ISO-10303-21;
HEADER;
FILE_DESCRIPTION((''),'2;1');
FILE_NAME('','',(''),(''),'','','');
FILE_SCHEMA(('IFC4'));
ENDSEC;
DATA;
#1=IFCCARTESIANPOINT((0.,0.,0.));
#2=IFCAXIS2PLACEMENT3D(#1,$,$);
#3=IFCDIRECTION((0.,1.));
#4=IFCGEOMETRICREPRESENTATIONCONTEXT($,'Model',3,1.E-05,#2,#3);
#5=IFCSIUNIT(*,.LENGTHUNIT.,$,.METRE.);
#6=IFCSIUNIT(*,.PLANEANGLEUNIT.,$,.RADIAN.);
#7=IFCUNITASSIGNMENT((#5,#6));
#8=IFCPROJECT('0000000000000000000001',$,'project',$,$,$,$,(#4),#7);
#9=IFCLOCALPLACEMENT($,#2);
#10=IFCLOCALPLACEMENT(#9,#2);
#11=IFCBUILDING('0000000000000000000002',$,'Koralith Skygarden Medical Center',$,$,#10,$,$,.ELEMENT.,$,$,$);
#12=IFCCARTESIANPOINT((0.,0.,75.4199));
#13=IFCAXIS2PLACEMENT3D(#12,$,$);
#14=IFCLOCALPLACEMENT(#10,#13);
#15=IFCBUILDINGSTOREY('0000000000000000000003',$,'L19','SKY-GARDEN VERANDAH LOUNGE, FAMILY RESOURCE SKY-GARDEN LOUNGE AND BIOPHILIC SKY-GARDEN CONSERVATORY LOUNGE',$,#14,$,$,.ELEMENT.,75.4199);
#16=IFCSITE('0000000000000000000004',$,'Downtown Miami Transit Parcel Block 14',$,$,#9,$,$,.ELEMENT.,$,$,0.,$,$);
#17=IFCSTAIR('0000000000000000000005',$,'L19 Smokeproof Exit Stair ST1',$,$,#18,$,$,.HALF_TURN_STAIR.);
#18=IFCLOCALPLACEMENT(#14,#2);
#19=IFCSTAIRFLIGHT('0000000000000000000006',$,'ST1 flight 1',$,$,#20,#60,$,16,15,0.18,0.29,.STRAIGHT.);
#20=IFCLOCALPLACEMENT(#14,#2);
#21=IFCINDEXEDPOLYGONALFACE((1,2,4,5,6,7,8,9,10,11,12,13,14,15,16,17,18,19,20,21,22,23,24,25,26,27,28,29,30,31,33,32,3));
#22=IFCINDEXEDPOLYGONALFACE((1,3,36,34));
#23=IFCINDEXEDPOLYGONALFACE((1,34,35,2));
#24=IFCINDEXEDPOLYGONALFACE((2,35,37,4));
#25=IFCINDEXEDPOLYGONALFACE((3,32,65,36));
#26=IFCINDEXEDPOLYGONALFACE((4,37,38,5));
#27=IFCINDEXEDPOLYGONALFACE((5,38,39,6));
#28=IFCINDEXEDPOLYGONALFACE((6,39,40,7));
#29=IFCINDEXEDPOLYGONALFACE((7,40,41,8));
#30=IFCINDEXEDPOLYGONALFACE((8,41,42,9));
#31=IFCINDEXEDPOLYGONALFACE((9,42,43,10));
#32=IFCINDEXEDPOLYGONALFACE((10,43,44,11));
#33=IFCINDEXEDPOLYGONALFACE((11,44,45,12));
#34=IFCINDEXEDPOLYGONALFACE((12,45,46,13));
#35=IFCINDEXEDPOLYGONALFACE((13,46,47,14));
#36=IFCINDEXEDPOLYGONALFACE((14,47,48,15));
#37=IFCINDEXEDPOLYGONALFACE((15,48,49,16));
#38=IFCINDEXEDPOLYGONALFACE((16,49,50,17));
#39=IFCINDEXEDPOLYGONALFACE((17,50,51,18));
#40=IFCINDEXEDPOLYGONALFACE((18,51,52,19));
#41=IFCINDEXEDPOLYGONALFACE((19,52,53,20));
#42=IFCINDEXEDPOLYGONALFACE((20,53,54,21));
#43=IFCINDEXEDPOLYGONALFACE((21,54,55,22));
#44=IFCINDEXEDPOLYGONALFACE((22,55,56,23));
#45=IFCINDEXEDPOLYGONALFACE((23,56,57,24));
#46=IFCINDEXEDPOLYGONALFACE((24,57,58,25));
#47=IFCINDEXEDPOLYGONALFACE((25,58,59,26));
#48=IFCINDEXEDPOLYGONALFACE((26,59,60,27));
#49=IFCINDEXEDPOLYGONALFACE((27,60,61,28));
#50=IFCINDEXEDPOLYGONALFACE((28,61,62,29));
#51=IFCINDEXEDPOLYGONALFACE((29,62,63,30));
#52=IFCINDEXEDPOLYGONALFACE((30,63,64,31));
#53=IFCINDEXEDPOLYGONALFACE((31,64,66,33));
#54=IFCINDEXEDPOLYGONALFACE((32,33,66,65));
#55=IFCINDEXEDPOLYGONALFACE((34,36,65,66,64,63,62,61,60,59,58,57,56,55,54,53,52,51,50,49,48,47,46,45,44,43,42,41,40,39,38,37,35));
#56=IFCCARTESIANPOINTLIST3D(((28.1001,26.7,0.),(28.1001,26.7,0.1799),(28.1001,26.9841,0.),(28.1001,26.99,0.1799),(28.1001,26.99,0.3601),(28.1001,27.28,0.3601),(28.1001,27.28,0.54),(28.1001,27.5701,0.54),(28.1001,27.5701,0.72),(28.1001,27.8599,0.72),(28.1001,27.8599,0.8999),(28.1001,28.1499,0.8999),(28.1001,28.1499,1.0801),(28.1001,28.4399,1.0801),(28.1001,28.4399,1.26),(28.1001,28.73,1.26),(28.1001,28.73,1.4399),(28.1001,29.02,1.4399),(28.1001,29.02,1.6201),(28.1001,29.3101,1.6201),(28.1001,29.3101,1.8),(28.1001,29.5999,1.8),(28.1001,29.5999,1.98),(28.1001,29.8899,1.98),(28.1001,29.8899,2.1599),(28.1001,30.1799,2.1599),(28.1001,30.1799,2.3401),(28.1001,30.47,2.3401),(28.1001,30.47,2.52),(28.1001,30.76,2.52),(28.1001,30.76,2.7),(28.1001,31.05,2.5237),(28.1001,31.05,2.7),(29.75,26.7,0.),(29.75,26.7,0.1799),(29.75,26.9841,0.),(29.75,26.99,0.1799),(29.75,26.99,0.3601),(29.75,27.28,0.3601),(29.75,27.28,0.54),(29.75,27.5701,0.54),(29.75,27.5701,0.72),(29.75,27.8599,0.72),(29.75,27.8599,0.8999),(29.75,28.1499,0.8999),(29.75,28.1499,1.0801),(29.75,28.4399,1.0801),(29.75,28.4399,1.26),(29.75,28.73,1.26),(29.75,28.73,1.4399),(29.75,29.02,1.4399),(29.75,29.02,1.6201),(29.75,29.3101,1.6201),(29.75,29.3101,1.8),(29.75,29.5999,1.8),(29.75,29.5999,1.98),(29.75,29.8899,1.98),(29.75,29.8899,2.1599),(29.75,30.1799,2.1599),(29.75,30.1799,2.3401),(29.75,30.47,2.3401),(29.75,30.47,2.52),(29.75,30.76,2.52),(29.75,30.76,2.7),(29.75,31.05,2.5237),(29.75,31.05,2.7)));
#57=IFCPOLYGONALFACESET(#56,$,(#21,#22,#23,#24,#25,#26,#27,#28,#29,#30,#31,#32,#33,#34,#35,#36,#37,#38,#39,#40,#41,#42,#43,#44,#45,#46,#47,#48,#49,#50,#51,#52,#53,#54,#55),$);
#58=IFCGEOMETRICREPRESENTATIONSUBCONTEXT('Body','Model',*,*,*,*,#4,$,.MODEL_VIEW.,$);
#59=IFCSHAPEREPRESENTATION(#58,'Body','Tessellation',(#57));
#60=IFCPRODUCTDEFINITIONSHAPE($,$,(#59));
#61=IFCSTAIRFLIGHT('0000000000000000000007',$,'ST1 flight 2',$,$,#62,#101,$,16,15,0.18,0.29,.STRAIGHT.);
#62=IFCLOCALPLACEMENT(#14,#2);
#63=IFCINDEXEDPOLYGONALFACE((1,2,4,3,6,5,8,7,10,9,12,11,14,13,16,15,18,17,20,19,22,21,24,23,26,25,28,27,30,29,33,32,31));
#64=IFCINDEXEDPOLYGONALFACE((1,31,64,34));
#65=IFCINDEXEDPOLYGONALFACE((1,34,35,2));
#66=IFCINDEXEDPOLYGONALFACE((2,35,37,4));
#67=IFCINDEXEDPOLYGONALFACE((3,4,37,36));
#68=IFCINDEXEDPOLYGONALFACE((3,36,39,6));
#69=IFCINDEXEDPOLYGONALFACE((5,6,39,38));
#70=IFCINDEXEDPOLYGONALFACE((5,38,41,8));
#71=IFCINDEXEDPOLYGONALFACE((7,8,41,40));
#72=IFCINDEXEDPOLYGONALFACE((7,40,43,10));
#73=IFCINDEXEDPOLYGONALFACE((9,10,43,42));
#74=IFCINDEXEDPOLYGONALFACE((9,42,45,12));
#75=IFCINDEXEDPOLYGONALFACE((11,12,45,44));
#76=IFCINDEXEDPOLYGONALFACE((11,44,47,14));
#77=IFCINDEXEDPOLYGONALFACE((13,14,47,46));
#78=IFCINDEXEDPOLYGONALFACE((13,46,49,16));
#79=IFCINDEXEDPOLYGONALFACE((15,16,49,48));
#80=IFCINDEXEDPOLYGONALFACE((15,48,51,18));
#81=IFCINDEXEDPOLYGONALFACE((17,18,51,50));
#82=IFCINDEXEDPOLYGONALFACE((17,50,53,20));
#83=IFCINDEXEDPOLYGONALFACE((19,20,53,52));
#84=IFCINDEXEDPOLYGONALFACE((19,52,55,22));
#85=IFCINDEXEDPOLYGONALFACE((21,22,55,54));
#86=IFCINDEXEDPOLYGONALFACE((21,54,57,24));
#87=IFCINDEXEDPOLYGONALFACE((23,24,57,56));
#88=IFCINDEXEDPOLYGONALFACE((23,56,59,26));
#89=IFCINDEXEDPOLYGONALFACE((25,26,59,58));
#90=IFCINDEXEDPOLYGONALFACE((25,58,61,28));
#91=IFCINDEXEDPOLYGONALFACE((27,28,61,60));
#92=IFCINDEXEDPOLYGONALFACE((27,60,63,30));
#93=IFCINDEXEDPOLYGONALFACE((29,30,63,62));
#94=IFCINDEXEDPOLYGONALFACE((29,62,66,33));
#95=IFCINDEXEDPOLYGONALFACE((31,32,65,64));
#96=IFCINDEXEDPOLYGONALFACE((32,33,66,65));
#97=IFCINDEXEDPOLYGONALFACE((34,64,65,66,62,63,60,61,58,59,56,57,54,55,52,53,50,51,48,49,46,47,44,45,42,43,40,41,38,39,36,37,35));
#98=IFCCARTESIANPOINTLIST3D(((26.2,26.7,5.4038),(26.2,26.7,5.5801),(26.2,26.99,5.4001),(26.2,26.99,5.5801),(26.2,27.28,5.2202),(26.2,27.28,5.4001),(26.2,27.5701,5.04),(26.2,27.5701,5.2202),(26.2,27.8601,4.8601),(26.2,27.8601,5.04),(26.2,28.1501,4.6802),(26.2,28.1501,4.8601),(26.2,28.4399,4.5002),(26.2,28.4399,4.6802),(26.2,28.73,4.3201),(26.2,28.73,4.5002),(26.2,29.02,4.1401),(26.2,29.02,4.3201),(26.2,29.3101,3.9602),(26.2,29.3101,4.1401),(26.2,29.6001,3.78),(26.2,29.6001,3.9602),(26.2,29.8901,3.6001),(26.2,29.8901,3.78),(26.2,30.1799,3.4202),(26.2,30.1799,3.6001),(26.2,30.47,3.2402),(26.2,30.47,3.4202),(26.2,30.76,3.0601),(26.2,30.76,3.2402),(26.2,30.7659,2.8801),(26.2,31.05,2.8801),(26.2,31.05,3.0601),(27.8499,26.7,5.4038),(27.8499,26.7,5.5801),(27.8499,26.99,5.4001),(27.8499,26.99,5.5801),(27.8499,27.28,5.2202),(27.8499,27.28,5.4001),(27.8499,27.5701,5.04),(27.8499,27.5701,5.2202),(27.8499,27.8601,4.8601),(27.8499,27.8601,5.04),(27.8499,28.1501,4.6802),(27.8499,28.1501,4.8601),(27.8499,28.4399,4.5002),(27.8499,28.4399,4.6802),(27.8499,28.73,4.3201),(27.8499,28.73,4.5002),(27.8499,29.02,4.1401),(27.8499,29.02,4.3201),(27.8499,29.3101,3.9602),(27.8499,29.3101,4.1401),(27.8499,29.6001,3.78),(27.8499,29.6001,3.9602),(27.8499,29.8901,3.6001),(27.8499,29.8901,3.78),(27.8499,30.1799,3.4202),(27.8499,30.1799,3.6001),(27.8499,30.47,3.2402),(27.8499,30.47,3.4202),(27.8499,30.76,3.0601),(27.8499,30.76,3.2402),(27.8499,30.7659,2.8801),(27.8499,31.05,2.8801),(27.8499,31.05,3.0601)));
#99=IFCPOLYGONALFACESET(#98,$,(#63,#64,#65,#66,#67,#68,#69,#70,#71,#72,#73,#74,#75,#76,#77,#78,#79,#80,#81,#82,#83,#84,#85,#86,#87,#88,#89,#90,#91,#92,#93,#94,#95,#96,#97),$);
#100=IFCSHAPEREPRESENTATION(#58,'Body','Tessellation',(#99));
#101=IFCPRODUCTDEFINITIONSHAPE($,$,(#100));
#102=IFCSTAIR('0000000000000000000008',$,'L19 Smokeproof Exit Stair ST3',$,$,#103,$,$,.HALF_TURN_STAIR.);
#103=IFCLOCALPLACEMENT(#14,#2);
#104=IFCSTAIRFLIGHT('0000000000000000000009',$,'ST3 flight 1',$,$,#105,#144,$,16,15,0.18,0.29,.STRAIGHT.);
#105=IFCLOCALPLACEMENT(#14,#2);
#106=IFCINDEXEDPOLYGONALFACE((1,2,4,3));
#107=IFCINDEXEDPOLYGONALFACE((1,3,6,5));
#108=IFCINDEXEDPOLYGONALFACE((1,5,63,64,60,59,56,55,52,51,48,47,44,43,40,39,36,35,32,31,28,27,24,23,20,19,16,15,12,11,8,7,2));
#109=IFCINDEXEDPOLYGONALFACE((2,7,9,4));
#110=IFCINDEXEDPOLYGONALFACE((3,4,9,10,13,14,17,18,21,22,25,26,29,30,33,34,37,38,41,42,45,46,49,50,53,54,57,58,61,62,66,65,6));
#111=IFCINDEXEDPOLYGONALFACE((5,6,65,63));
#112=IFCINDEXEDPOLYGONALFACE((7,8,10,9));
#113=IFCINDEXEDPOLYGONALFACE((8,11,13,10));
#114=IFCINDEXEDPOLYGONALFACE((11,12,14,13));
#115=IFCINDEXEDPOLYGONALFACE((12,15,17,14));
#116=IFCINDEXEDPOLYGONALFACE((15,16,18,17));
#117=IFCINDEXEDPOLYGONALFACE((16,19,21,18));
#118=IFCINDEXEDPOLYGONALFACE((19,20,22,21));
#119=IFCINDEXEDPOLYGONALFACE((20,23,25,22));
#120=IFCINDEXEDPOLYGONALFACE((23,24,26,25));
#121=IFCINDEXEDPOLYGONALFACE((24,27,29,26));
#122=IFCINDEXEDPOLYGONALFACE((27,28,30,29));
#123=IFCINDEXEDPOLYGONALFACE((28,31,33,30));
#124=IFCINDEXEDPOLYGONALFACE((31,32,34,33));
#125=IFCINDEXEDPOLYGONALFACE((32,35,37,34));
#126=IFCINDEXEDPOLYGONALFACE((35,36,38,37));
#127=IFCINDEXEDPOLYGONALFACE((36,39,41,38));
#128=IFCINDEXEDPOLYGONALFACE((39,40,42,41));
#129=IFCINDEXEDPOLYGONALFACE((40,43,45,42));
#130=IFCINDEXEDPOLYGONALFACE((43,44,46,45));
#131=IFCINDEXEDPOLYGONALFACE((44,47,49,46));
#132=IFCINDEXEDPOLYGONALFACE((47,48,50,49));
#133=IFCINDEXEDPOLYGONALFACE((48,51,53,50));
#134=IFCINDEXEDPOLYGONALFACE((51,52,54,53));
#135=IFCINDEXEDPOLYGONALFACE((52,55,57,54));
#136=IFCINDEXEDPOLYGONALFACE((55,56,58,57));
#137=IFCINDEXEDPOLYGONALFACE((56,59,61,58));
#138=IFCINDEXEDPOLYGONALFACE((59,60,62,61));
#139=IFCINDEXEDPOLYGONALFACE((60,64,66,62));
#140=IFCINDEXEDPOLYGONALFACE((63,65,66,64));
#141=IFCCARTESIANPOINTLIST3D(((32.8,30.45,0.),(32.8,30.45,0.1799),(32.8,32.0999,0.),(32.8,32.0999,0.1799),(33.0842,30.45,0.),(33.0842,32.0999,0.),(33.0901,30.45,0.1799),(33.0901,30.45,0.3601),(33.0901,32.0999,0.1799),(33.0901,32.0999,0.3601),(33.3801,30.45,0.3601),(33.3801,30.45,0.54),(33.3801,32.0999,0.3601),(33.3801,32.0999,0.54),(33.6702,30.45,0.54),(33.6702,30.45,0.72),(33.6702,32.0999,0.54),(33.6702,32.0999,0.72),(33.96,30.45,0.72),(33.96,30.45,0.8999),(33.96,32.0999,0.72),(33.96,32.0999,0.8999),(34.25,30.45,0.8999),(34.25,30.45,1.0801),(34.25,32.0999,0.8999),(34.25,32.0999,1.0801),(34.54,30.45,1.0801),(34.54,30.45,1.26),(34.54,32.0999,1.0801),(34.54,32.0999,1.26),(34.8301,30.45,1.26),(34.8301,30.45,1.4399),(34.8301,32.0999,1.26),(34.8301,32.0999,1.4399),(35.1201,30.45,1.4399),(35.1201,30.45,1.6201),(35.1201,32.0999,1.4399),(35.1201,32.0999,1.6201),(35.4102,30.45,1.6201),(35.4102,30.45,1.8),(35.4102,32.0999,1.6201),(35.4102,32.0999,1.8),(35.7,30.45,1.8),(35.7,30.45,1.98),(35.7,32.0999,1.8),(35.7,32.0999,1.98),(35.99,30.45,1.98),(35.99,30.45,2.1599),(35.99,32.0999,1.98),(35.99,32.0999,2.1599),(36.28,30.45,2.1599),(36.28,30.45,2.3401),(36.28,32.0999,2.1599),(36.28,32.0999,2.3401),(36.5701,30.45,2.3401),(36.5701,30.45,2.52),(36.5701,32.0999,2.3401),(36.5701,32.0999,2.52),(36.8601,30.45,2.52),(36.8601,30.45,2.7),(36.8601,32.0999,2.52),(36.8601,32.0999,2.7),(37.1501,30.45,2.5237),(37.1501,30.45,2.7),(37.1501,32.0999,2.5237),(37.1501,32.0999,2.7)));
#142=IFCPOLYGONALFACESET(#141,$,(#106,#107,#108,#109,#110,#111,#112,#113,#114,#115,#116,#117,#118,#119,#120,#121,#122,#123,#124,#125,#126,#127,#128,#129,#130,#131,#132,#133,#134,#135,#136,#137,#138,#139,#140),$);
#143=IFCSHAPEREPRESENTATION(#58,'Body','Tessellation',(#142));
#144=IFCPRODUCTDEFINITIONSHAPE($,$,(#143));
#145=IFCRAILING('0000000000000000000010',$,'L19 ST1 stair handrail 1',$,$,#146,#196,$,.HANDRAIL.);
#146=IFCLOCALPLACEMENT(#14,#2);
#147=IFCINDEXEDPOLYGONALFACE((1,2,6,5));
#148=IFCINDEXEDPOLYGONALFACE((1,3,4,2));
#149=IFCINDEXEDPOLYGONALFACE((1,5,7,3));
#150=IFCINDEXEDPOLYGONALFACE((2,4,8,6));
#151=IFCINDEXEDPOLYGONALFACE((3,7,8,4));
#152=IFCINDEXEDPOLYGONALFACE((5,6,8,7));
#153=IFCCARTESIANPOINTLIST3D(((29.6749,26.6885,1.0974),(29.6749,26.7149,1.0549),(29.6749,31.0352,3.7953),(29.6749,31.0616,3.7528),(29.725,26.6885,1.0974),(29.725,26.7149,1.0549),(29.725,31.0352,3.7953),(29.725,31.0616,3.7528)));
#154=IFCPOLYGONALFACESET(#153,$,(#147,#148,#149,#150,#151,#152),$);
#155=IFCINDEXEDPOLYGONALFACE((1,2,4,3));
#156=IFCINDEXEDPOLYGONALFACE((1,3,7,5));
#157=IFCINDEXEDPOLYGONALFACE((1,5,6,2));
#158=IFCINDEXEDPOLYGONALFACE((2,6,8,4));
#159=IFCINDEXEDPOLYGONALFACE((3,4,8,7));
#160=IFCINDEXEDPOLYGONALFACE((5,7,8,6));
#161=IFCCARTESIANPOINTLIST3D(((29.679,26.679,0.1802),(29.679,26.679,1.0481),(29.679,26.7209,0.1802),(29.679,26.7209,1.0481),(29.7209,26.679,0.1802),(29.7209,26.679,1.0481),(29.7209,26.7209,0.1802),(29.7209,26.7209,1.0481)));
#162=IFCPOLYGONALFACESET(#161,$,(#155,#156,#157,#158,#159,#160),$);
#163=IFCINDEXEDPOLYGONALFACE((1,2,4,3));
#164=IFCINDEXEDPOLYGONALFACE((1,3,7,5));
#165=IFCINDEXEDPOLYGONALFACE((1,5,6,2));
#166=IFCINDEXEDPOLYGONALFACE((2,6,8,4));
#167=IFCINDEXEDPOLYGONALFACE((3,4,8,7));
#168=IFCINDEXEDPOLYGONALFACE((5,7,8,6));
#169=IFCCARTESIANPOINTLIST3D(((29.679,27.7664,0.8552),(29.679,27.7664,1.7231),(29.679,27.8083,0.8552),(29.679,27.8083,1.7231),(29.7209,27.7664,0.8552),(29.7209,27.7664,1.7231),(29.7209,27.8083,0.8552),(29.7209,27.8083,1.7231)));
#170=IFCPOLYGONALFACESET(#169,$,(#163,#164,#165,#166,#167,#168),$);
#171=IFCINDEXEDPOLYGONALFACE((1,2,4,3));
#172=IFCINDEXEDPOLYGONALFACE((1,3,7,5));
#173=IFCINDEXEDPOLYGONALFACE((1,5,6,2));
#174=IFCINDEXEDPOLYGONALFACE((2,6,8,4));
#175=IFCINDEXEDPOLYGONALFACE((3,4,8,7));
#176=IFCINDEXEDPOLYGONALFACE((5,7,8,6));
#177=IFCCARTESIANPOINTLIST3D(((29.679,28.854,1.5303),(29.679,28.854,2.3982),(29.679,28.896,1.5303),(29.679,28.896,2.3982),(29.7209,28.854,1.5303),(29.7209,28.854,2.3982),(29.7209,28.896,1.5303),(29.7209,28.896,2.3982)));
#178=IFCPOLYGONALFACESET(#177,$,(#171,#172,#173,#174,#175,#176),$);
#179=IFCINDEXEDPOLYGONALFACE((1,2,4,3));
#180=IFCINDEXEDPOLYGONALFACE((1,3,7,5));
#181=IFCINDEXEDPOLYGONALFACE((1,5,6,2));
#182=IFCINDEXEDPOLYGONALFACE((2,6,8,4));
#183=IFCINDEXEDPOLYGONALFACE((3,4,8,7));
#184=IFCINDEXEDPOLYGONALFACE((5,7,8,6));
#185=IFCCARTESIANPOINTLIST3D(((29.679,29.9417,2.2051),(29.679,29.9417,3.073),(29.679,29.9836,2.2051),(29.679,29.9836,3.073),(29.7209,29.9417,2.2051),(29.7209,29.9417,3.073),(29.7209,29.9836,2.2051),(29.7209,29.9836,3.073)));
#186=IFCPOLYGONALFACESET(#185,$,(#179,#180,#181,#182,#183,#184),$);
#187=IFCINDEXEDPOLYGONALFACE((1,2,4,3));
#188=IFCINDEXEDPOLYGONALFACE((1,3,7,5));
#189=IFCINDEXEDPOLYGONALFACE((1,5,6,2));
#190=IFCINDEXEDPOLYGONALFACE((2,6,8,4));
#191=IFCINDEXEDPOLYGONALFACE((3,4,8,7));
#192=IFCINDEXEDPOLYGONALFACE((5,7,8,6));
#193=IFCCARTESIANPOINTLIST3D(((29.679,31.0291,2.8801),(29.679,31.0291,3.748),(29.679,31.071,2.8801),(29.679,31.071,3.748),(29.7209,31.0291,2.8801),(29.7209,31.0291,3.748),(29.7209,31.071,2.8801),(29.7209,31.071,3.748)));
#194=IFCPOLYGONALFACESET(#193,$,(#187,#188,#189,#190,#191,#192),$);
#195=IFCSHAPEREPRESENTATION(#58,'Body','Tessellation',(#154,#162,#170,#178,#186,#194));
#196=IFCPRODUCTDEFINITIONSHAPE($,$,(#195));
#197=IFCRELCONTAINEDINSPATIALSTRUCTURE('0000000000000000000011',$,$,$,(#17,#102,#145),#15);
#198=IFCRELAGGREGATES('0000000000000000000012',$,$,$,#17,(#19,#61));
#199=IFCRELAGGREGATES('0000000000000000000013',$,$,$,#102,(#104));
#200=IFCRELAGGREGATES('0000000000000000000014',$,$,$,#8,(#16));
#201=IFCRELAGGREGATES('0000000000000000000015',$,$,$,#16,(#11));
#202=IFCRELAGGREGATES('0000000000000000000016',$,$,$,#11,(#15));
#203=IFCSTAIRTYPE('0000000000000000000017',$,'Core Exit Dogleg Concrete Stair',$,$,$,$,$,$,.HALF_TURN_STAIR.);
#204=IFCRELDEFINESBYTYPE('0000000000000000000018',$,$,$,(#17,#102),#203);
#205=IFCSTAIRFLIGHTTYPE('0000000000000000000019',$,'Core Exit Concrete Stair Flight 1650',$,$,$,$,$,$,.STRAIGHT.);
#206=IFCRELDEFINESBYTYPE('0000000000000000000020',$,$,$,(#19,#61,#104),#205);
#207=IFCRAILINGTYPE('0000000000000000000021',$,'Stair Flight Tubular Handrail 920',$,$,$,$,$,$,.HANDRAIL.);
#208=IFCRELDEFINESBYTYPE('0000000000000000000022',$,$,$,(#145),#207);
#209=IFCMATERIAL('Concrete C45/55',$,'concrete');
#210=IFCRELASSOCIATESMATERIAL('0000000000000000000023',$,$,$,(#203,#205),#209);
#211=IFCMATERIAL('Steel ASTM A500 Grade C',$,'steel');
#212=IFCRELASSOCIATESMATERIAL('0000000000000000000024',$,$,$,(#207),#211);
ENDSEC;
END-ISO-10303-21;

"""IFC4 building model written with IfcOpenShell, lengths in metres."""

from ifc_helpers import new_model, si_unit, direction, frame, origin, origin_2d, place, context, subcontext, project, spatial, polyline, rectangle, outline, extrude, material, type_object, element, aggregate, save


model = new_model("IFC4")

# Units and contexts
model_context = context("Model", 3, precision=1e-05, world=origin(), true_north=direction((0.0, 1.0)))
body_context = subcontext(model_context, "Body", "Model", "MODEL_VIEW")
ifc_project = project(units=[si_unit("LENGTHUNIT", "METRE"), si_unit("PLANEANGLEUNIT", "RADIAN")], contexts=[model_context])

# Site, building, storey
site_placement = place(None, origin())
site = spatial("IfcSite", under=ifc_project, at=site_placement, Name="Downtown Miami Transit Parcel Block 14", CompositionType="ELEMENT", RefElevation=0.0)
building_placement = place(site_placement, origin())
building = spatial("IfcBuilding", under=site, at=building_placement, Name="Koralith Skygarden Medical Center", CompositionType="ELEMENT")
storey_placement = place(building_placement, frame((0.0, 0.0, 75.4199)))
storey = spatial("IfcBuildingStorey", under=building, at=storey_placement, Name="L19", Description="SKY-GARDEN VERANDAH LOUNGE, FAMILY RESOURCE SKY-GARDEN LOUNGE AND BIOPHILIC SKY-GARDEN CONSERVATORY LOUNGE", CompositionType="ELEMENT", Elevation=75.4199)

# Shared definitions
ifc_material_1 = material(Name="Steel ASTM A500 Grade C", Category="steel")

# Shared definitions
ifc_material_2 = material(Name="Concrete C45/55", Category="concrete")

# Stair, stair flights
stair_type = type_object("IfcStairType", Name="Core Exit Dogleg Concrete Stair", PredefinedType="HALF_TURN_STAIR", material=ifc_material_2)
stair_1_placement = place(storey_placement, origin())
stair_1 = element("IfcStair", 1, at=stair_1_placement, inside=storey, type_object=stair_type, Name="L19 Smokeproof Exit Stair ST1", PredefinedType="HALF_TURN_STAIR")
stair_flight_type = type_object("IfcStairFlightType", Name="Core Exit Concrete Stair Flight 1650", PredefinedType="STRAIGHT", material=ifc_material_2)
stair_flight_1_placement = place(storey_placement, frame((28.925, 26.7, 0.0), z_axis=(0.0, 0.0, 1.0), x_axis=(0.0, 1.0, 0.0)))
stair_flight_1 = element("IfcStairFlight", 2, at=stair_flight_1_placement, type_object=stair_flight_type, Name="ST1 flight 1", NumberOfRisers=16, NumberOfTreads=15, PredefinedType="STRAIGHT", RiserHeight=0.18, TreadLength=0.29, context=body_context, shape_type="SweptSolid", body=[
    extrude(outline(polyline([(0.0, 0.0), (0.0, 0.1799), (0.29, 0.1799), (0.29, 0.3601), (0.5801, 0.3601), (0.5801, 0.54), (0.8701, 0.54), (0.8701, 0.72), (1.1599, 0.72), (1.1599, 0.8999), (1.45, 0.8999), (1.45, 1.0801), (1.74, 1.0801), (1.74, 1.26), (2.03, 1.26), (2.03, 1.4399), (2.3201, 1.4399), (2.3201, 1.6201), (2.6101, 1.6201), (2.6101, 1.8), (2.8999, 1.8), (2.8999, 1.98), (3.1899, 1.98), (3.1899, 2.1599), (3.48, 2.1599), (3.48, 2.3401), (3.77, 2.3401), (3.77, 2.52), (4.0601, 2.52), (4.0601, 2.7), (4.3501, 2.7), (4.3501, 2.8799), (4.3501, 2.5237), (0.2842, 0.0), (0.0, 0.0)])), frame((0.0, 0.825, 0.0), z_axis=(0.0, -1.0, 0.0), x_axis=(1.0, 0.0, 0.0)), (0.0, 0.0, 1.0), 1.6499),
])
stair_flight_2_placement = place(storey_placement, frame((27.0249, 31.05, 2.8801), z_axis=(0.0, 0.0, 1.0), x_axis=(0.0, -1.0, 0.0)))
stair_flight_2 = element("IfcStairFlight", 3, at=stair_flight_2_placement, type_object=stair_flight_type, Name="ST1 flight 2", NumberOfRisers=16, NumberOfTreads=15, PredefinedType="STRAIGHT", RiserHeight=0.18, TreadLength=0.29, context=body_context, shape_type="SweptSolid", body=[
    extrude(outline(polyline([(0.0, 0.0), (0.0, 0.1799), (0.29, 0.1799), (0.29, 0.3601), (0.5801, 0.3601), (0.5801, 0.54), (0.8701, 0.54), (0.8701, 0.72), (1.1599, 0.72), (1.1599, 0.8999), (1.45, 0.8999), (1.45, 1.0801), (1.74, 1.0801), (1.74, 1.26), (2.03, 1.26), (2.03, 1.4399), (2.3201, 1.4399), (2.3201, 1.6201), (2.6101, 1.6201), (2.6101, 1.8), (2.8999, 1.8), (2.8999, 1.98), (3.1899, 1.98), (3.1899, 2.1599), (3.48, 2.1599), (3.48, 2.3401), (3.77, 2.3401), (3.77, 2.52), (4.0601, 2.52), (4.0601, 2.7), (4.3501, 2.7), (4.3501, 2.8799), (4.3501, 2.5237), (0.2842, 0.0), (0.0, 0.0)])), frame((0.0, 0.825, 0.0), z_axis=(0.0, -1.0, 0.0), x_axis=(1.0, 0.0, 0.0)), (0.0, 0.0, 1.0), 1.6499),
])
aggregate(stair_1, [stair_flight_1, stair_flight_2])

# Stair, stair flight
stair_2_placement = place(storey_placement, origin())
stair_2 = element("IfcStair", 4, at=stair_2_placement, inside=storey, type_object=stair_type, Name="L19 Smokeproof Exit Stair ST3", PredefinedType="HALF_TURN_STAIR")
stair_flight_3_placement = place(storey_placement, frame((32.8, 31.2749, 0.0), z_axis=(0.0, 0.0, 1.0), x_axis=(1.0, 0.0, 0.0)))
stair_flight_3 = element("IfcStairFlight", 5, at=stair_flight_3_placement, type_object=stair_flight_type, Name="ST3 flight 1", NumberOfRisers=16, NumberOfTreads=15, PredefinedType="STRAIGHT", RiserHeight=0.18, TreadLength=0.29, context=body_context, shape_type="SweptSolid", body=[
    extrude(outline(polyline([(0.0, 0.0), (0.0, 0.1799), (0.29, 0.1799), (0.29, 0.3601), (0.5801, 0.3601), (0.5801, 0.54), (0.8701, 0.54), (0.8701, 0.72), (1.1599, 0.72), (1.1599, 0.8999), (1.45, 0.8999), (1.45, 1.0801), (1.74, 1.0801), (1.74, 1.26), (2.03, 1.26), (2.03, 1.4399), (2.3201, 1.4399), (2.3201, 1.6201), (2.6101, 1.6201), (2.6101, 1.8), (2.8999, 1.8), (2.8999, 1.98), (3.1899, 1.98), (3.1899, 2.1599), (3.48, 2.1599), (3.48, 2.3401), (3.77, 2.3401), (3.77, 2.52), (4.0601, 2.52), (4.0601, 2.7), (4.3501, 2.7), (4.3501, 2.8799), (4.3501, 2.5237), (0.2842, 0.0), (0.0, 0.0)])), frame((0.0, 0.825, 0.0), z_axis=(0.0, -1.0, 0.0), x_axis=(1.0, 0.0, 0.0)), (0.0, 0.0, 1.0), 1.6499),
])
aggregate(stair_2, [stair_flight_3])

# Railing
railing_type_1 = type_object("IfcRailingType", Name="Stair Flight Tubular Handrail 920", PredefinedType="HANDRAIL", material=ifc_material_1)
railing_1_placement = place(storey_placement, frame((29.7, 26.7, 0.1802)))
element("IfcRailing", 6, at=railing_1_placement, inside=storey, type_object=railing_type_1, Name="L19 ST1 stair handrail 1", PredefinedType="HANDRAIL", context=body_context, shape_type="SweptSolid", body=[
    extrude(rectangle(XDim=0.05, YDim=0.05, at=origin_2d()), frame((0.0, 0.0017, 0.896), z_axis=(0.0, 0.84965, 0.527347), x_axis=(-1.0, 0.0, 0.0)), (0.0, 0.0, 1.0), 5.116),
    extrude(rectangle(XDim=0.042, YDim=0.042, at=origin_2d()), origin(), (0.0, 0.0, 1.0), 0.8679),
    extrude(rectangle(XDim=0.042, YDim=0.042, at=origin_2d()), frame((0.0, 1.0874, 0.675)), (0.0, 0.0, 1.0), 0.8679),
    extrude(rectangle(XDim=0.042, YDim=0.042, at=origin_2d()), frame((0.0, 2.175, 1.3501)), (0.0, 0.0, 1.0), 0.8679),
    extrude(rectangle(XDim=0.042, YDim=0.042, at=origin_2d()), frame((0.0, 3.2627, 2.0249)), (0.0, 0.0, 1.0), 0.8679),
    extrude(rectangle(XDim=0.042, YDim=0.042, at=origin_2d()), frame((0.0, 4.3501, 2.7)), (0.0, 0.0, 1.0), 0.8679),
])

save(model, "model.ifc")
